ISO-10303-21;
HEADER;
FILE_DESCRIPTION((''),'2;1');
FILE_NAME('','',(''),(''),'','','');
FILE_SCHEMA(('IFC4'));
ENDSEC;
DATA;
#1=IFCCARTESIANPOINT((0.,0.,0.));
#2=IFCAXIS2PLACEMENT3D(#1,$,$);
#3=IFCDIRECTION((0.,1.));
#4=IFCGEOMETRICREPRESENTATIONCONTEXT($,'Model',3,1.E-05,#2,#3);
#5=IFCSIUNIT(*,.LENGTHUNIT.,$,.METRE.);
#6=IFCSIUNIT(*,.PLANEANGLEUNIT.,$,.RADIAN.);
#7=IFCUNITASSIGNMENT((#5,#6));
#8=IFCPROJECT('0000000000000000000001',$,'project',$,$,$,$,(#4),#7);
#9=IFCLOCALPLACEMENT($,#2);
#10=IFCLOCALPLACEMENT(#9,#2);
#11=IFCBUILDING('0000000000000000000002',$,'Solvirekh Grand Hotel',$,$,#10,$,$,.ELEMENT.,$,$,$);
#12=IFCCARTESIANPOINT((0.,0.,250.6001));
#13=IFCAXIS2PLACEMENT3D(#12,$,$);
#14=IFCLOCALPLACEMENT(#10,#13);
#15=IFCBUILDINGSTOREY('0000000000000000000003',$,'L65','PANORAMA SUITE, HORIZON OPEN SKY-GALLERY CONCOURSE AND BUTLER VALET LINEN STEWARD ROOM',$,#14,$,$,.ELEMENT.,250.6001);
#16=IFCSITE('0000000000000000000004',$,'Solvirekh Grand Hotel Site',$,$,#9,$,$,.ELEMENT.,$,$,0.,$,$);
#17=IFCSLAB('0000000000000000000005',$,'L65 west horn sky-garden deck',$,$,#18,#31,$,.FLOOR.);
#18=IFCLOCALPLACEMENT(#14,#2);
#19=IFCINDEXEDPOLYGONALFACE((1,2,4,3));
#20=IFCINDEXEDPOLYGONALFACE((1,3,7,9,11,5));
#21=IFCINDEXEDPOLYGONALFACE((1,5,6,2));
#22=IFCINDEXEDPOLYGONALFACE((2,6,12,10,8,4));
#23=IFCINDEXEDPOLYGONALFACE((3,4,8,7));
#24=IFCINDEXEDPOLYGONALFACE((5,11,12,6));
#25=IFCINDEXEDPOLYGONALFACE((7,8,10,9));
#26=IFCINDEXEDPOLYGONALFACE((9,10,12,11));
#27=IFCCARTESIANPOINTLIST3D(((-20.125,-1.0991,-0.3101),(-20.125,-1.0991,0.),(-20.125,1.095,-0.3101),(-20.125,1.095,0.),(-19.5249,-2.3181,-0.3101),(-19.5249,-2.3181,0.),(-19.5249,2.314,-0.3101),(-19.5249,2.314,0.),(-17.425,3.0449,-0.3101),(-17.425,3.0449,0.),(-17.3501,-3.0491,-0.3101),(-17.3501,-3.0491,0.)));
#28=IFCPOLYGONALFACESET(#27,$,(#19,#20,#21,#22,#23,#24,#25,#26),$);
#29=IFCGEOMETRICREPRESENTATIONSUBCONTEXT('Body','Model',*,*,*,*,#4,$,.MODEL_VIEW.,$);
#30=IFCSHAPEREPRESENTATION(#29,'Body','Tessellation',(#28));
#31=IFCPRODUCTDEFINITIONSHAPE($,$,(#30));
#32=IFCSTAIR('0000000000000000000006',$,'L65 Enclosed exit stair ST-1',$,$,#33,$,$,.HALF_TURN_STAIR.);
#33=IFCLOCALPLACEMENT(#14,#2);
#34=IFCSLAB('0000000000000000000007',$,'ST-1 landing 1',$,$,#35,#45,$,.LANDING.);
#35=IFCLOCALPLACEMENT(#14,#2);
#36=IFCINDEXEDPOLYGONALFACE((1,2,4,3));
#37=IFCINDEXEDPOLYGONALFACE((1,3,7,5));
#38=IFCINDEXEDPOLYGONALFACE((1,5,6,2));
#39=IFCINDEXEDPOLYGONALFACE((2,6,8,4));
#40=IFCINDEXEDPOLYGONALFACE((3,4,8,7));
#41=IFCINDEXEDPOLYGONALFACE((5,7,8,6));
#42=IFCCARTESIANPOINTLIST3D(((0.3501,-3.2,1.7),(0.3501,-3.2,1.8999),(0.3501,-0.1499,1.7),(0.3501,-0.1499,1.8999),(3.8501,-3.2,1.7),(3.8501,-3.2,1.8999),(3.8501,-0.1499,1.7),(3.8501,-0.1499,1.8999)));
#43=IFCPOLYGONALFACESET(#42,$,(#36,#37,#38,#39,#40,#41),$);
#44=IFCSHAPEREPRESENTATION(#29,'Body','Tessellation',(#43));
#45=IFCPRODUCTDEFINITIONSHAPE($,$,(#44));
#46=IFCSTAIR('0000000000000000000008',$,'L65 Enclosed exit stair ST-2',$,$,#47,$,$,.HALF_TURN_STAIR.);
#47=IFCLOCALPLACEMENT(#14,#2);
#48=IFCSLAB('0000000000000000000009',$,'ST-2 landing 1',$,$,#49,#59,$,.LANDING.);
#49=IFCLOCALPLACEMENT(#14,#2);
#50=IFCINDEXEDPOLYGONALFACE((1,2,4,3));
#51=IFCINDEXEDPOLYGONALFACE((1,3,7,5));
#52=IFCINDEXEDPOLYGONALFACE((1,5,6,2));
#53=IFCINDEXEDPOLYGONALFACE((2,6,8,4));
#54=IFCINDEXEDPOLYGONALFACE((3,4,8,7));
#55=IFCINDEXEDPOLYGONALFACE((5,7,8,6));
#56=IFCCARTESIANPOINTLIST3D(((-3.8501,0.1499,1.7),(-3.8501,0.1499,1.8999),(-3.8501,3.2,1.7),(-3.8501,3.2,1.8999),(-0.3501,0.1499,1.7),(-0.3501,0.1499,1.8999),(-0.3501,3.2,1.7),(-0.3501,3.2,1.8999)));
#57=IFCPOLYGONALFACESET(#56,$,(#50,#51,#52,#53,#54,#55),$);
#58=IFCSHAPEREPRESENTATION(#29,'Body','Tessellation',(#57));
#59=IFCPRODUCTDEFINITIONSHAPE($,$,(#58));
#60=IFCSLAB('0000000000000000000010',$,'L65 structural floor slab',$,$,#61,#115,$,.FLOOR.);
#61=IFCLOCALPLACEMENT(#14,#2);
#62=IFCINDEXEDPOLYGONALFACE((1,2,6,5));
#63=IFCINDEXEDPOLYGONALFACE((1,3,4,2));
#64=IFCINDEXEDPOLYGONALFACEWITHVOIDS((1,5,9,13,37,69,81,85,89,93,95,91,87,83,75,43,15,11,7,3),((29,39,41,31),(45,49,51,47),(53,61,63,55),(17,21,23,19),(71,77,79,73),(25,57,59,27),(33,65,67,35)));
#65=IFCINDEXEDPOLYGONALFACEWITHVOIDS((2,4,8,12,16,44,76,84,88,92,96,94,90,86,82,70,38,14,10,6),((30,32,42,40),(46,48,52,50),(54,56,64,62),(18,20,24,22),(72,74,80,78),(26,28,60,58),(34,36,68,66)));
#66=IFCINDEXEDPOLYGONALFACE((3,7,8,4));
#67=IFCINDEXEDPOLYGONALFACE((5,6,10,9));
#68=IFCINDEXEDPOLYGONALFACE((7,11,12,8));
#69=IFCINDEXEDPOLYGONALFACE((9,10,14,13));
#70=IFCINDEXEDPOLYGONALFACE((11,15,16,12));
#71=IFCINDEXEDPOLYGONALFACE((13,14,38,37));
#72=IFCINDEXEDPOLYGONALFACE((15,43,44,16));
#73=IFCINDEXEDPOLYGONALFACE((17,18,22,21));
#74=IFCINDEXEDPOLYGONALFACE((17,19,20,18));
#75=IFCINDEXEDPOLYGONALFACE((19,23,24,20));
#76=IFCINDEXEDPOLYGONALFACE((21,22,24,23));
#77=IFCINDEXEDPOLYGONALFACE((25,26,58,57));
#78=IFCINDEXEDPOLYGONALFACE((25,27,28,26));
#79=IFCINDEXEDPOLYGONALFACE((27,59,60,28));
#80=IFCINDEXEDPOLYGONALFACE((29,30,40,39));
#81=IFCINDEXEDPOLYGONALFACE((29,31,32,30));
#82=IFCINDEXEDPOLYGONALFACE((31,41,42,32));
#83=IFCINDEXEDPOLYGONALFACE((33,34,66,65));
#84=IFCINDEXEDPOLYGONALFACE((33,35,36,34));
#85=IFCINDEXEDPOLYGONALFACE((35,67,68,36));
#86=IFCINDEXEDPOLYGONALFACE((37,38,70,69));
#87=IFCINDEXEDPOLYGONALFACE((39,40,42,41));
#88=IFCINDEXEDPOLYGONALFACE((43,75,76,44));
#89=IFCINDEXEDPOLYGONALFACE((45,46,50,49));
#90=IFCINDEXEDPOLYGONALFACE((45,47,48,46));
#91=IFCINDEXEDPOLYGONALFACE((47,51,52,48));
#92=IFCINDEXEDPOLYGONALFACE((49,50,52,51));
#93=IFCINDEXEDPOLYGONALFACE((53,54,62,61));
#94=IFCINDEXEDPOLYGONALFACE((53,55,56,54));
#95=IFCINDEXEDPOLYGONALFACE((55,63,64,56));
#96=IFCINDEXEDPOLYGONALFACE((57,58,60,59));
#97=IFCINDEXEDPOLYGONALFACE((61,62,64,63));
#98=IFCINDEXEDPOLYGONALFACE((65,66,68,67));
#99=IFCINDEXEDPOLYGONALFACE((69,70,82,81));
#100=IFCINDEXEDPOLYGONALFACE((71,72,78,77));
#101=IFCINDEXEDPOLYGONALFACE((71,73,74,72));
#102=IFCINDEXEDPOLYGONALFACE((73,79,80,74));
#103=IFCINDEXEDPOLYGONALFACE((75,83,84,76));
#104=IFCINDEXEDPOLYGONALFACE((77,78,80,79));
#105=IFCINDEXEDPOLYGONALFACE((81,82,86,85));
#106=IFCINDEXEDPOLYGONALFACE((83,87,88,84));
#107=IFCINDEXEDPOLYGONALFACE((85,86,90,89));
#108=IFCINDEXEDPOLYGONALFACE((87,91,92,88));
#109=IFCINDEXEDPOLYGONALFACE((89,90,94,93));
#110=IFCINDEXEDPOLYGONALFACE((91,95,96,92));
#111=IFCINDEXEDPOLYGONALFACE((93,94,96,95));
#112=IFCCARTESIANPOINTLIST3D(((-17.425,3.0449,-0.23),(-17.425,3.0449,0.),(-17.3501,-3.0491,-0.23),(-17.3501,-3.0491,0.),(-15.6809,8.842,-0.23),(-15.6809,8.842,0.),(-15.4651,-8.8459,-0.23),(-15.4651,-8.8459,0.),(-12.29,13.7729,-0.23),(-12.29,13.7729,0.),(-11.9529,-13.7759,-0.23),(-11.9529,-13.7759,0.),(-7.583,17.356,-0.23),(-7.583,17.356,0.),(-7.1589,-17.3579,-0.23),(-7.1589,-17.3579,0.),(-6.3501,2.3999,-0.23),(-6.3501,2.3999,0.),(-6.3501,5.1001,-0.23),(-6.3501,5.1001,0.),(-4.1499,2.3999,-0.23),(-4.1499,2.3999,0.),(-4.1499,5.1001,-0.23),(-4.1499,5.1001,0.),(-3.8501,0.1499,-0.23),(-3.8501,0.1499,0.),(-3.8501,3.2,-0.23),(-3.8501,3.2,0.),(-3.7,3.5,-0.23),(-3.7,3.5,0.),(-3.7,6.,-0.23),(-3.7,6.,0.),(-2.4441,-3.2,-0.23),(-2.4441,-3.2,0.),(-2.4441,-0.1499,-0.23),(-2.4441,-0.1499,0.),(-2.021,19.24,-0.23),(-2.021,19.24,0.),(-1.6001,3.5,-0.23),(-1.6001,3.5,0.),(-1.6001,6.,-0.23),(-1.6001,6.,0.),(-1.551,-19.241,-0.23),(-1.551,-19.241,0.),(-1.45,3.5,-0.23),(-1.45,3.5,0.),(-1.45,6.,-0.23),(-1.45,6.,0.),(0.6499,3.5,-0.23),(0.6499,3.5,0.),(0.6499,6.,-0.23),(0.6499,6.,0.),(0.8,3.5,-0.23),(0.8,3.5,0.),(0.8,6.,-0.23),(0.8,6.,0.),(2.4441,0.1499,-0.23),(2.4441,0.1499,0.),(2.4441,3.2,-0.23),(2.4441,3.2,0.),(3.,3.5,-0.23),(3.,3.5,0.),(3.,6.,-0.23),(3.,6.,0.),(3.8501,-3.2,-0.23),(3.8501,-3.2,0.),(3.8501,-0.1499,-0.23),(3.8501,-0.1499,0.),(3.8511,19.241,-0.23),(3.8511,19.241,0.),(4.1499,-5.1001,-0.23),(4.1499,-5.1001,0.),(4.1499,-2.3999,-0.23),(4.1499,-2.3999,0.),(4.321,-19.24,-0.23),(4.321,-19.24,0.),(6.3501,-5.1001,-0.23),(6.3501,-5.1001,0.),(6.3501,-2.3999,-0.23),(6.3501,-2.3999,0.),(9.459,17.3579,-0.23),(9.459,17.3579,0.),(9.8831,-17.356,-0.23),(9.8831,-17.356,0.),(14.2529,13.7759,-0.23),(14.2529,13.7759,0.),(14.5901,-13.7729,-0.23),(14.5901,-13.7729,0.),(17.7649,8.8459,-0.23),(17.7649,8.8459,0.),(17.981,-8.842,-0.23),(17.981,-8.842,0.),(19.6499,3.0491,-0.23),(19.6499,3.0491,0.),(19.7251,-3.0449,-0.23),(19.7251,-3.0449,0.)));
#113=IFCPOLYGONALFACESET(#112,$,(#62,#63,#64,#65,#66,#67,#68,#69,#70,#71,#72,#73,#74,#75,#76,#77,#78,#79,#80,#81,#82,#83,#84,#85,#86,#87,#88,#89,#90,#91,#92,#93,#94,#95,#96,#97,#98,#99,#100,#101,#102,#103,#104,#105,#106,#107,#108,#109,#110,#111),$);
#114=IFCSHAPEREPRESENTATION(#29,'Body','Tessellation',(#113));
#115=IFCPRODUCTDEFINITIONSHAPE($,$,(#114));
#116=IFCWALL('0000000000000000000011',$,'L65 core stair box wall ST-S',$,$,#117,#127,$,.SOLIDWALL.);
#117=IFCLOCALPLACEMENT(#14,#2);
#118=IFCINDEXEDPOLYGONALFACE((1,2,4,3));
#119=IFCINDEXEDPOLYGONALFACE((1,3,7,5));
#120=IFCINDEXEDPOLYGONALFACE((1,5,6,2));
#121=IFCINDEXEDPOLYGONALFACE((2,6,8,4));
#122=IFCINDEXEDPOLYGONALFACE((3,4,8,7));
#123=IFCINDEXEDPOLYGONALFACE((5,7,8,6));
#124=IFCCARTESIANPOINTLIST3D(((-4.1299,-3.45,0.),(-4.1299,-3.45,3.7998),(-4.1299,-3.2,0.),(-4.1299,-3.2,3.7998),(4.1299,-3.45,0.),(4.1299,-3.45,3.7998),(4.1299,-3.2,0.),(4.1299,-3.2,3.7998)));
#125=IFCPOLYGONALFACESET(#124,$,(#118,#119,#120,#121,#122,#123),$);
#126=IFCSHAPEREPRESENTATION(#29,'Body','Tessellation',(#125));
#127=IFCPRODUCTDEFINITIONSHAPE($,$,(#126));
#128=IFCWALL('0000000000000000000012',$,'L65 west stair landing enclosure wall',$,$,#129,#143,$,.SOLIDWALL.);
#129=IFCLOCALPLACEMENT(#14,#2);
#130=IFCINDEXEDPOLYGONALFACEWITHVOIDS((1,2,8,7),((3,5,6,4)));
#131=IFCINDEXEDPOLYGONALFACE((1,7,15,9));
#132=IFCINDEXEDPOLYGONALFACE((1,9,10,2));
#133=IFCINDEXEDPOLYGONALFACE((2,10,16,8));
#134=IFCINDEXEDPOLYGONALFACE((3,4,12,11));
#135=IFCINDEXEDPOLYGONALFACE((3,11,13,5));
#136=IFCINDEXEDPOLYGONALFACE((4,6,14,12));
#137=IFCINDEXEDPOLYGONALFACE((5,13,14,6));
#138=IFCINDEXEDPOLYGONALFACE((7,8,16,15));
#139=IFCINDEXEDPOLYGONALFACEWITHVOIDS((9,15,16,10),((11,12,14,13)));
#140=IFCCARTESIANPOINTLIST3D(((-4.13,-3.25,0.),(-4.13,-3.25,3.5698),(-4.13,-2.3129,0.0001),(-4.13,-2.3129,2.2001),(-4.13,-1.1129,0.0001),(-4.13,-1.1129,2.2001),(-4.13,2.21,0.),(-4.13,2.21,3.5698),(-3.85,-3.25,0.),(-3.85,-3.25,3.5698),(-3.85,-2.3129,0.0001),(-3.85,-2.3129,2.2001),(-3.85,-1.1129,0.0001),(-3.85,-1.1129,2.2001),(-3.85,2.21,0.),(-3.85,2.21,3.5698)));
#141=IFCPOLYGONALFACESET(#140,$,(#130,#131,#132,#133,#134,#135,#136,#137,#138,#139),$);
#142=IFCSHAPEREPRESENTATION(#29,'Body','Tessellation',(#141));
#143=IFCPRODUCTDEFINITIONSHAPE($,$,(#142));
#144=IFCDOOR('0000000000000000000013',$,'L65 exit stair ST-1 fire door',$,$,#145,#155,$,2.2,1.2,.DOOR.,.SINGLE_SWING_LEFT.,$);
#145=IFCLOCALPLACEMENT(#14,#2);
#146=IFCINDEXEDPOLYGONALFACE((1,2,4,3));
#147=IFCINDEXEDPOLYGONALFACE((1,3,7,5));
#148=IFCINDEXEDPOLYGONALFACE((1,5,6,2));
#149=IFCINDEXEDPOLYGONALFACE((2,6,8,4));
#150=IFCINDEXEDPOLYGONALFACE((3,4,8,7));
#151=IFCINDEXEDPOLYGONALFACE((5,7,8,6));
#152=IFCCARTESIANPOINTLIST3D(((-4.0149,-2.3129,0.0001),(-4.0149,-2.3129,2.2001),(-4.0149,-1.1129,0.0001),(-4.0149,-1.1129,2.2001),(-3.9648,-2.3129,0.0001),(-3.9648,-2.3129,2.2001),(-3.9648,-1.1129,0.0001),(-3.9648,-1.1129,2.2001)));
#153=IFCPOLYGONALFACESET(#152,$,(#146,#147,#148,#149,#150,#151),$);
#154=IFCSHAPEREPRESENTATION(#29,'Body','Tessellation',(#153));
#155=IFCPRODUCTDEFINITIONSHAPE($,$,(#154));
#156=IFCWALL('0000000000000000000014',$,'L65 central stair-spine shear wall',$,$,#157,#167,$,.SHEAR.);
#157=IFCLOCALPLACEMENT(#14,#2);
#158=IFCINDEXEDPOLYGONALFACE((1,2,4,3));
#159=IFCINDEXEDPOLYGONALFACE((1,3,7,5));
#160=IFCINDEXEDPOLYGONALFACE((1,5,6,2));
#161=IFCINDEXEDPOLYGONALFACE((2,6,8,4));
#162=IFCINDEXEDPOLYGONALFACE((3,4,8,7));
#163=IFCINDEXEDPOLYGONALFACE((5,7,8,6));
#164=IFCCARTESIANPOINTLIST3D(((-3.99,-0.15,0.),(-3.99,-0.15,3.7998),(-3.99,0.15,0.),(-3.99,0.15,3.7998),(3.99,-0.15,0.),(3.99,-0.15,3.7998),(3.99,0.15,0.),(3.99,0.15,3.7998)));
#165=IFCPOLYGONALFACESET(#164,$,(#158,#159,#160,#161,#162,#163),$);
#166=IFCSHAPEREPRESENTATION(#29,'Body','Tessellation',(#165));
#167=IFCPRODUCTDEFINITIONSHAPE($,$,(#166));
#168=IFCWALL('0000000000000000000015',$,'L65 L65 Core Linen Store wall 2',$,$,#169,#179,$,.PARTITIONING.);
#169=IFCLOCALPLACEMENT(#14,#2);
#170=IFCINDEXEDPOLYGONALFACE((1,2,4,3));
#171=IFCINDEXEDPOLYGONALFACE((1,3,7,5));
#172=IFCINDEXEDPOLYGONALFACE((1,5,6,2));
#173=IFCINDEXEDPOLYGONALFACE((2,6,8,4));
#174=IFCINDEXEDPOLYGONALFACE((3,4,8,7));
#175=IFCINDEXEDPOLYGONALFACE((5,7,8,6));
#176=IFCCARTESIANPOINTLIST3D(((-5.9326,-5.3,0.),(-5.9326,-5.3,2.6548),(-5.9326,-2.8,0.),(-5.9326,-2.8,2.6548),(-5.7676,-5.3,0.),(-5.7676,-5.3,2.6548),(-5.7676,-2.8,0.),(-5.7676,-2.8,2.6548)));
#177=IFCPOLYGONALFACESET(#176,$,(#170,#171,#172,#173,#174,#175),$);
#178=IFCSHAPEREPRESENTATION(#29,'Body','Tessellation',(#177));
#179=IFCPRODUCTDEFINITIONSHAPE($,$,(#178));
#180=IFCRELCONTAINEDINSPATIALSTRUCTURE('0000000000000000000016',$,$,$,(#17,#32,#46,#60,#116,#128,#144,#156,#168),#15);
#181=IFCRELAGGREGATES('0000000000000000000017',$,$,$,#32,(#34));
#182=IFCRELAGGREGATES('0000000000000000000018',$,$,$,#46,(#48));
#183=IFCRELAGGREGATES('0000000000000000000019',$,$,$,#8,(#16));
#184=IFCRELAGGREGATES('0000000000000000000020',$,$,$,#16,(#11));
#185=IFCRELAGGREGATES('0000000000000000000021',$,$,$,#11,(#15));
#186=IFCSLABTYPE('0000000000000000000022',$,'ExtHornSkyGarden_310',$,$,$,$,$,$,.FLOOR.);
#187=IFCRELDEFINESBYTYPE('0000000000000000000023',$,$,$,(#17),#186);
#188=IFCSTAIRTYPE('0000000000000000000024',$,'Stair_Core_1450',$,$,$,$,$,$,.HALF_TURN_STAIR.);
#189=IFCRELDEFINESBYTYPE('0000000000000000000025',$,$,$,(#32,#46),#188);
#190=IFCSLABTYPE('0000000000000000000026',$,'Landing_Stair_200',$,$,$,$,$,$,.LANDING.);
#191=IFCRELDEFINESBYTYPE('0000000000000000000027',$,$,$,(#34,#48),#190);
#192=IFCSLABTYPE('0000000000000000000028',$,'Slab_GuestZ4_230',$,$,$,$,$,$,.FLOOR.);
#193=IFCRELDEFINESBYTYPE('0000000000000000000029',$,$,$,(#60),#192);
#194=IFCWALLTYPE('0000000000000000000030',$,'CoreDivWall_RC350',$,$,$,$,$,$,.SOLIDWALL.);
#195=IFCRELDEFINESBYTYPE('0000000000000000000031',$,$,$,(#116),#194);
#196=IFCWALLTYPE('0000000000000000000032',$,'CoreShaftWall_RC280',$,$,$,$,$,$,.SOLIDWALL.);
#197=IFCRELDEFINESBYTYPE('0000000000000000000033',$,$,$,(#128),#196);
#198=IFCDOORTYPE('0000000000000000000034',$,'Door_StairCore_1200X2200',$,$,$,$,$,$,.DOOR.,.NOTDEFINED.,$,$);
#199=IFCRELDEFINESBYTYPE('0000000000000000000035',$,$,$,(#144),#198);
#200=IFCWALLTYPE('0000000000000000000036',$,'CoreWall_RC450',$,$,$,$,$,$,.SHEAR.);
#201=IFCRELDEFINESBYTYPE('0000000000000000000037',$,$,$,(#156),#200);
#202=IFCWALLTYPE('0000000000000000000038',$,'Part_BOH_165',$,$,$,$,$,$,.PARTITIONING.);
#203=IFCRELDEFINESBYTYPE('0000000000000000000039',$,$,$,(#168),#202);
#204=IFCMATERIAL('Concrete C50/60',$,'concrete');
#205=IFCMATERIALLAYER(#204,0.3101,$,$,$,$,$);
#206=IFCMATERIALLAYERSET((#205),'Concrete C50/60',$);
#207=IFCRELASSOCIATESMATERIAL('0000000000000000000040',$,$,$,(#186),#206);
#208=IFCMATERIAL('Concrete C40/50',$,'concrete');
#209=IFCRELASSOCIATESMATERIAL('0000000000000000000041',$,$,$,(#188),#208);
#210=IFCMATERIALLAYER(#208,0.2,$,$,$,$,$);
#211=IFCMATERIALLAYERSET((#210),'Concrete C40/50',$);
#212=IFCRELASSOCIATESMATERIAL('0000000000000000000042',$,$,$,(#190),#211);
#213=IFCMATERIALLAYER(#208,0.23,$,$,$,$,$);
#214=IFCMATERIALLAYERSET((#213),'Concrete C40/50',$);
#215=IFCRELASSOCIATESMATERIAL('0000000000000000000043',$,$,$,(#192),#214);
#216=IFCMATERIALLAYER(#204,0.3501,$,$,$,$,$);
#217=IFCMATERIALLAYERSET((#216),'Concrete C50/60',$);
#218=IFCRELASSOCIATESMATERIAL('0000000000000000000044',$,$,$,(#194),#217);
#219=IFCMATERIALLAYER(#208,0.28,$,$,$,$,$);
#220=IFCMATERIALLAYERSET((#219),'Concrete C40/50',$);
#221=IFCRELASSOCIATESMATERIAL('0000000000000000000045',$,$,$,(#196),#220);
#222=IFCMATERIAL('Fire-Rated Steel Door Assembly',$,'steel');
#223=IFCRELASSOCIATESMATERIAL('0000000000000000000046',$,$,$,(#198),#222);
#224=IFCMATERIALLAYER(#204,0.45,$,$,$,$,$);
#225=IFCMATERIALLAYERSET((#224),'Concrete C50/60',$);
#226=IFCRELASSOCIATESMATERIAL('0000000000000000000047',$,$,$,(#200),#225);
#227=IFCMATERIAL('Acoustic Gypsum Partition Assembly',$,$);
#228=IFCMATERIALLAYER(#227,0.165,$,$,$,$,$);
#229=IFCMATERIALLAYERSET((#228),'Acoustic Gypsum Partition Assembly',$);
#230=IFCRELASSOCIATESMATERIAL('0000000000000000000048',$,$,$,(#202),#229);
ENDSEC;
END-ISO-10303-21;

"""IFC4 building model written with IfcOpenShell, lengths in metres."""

from ifc_helpers import new_model, si_unit, direction, frame, frame_2d, origin, place, context, subcontext, project, spatial, polyline, rectangle, outline, extrude, material, layer, layer_set, type_object, element, fill, aggregate, save


model = new_model("IFC4")

# Units and contexts
model_context = context("Model", 3, precision=1e-05, world=origin(), true_north=direction((0.0, 1.0)))
body_context = subcontext(model_context, "Body", "Model", "MODEL_VIEW")
ifc_project = project(units=[si_unit("LENGTHUNIT", "METRE"), si_unit("PLANEANGLEUNIT", "RADIAN")], contexts=[model_context])

# Site, building, storey
site_placement = place(None, origin())
site = spatial("IfcSite", under=ifc_project, at=site_placement, Name="Solvirekh Grand Hotel Site", CompositionType="ELEMENT", RefElevation=0.0)
building_placement = place(site_placement, origin())
building = spatial("IfcBuilding", under=site, at=building_placement, Name="Solvirekh Grand Hotel", CompositionType="ELEMENT")
storey_placement = place(building_placement, frame((0.0, 0.0, 250.6001)))
storey = spatial("IfcBuildingStorey", under=building, at=storey_placement, Name="L65", Description="PANORAMA SUITE, HORIZON OPEN SKY-GALLERY CONCOURSE AND BUTLER VALET LINEN STEWARD ROOM", CompositionType="ELEMENT", Elevation=250.6001)

# Slab
ifc_material_1 = material(Name="Concrete C50/60", Category="concrete")
ifc_layer_1 = layer(ifc_material_1, 0.3101)
ifc_layer_set_1 = layer_set([ifc_layer_1], Name="Concrete C50/60")
slab_type_1 = type_object("IfcSlabType", Name="ExtHornSkyGarden_310", PredefinedType="FLOOR", material=ifc_layer_set_1)
slab_1_placement = place(storey_placement, frame((0.0, 0.0, -0.3101)))
element("IfcSlab", 1, at=slab_1_placement, inside=storey, type_object=slab_type_1, Name="L65 west horn sky-garden deck", PredefinedType="FLOOR", context=body_context, shape_type="SweptSolid", body=[
    extrude(outline(polyline([(-19.5249, 2.314), (-20.125, 1.095), (-20.125, -1.0991), (-19.5249, -2.3181), (-17.3501, -3.0491), (-17.425, 3.0449), (-19.5249, 2.314)])), origin(), (0.0, 0.0, 1.0), 0.3101),
])

# Stairs, slabs
ifc_material_2 = material(Name="Concrete C40/50", Category="concrete")
stair_type = type_object("IfcStairType", Name="Stair_Core_1450", PredefinedType="HALF_TURN_STAIR", material=ifc_material_2)
stair_1_placement = place(storey_placement, origin())
stair_1 = element("IfcStair", 2, at=stair_1_placement, inside=storey, type_object=stair_type, Name="L65 Enclosed exit stair ST-1", PredefinedType="HALF_TURN_STAIR")
ifc_layer_2 = layer(ifc_material_2, 0.2)
ifc_layer_set_2 = layer_set([ifc_layer_2], Name="Concrete C40/50")
slab_type_2 = type_object("IfcSlabType", Name="Landing_Stair_200", PredefinedType="LANDING", material=ifc_layer_set_2)
slab_2_placement = place(storey_placement, frame((0.0, 0.0, 1.7)))
slab_2 = element("IfcSlab", 3, at=slab_2_placement, type_object=slab_type_2, Name="ST-1 landing 1", PredefinedType="LANDING", context=body_context, shape_type="SweptSolid", body=[
    extrude(outline(polyline([(0.3501, -3.2), (3.8501, -3.2), (3.8501, -0.1499), (0.3501, -0.1499), (0.3501, -3.2)])), origin(), (0.0, 0.0, 1.0), 0.2),
])
stair_2_placement = place(storey_placement, origin())
stair_2 = element("IfcStair", 4, at=stair_2_placement, inside=storey, type_object=stair_type, Name="L65 Enclosed exit stair ST-2", PredefinedType="HALF_TURN_STAIR")
slab_3_placement = place(storey_placement, frame((0.0, 0.0, 1.7)))
slab_3 = element("IfcSlab", 5, at=slab_3_placement, type_object=slab_type_2, Name="ST-2 landing 1", PredefinedType="LANDING", context=body_context, shape_type="SweptSolid", body=[
    extrude(outline(polyline([(-0.3501, 3.2), (-3.8501, 3.2), (-3.8501, 0.1499), (-0.3501, 0.1499), (-0.3501, 3.2)])), origin(), (0.0, 0.0, 1.0), 0.2),
])

# Slab
ifc_layer_3 = layer(ifc_material_2, 0.23)
ifc_layer_set_3 = layer_set([ifc_layer_3], Name="Concrete C40/50")
slab_type_3 = type_object("IfcSlabType", Name="Slab_GuestZ4_230", PredefinedType="FLOOR", material=ifc_layer_set_3)
slab_4_placement = place(storey_placement, frame((0.0, 0.0, -0.23)))
element("IfcSlab", 6, at=slab_4_placement, inside=storey, type_object=slab_type_3, Name="L65 structural floor slab", PredefinedType="FLOOR", context=body_context, shape_type="SweptSolid", body=[
    extrude(outline(polyline([(4.321, -19.24), (9.8831, -17.356), (14.5901, -13.7729), (17.981, -8.842), (19.7251, -3.0449), (19.6499, 3.0491), (17.7649, 8.8459), (14.2529, 13.7759), (9.459, 17.3579), (3.8511, 19.241), (-2.021, 19.24), (-7.583, 17.356), (-12.29, 13.7729), (-15.6809, 8.842), (-17.425, 3.0449), (-17.3501, -3.0491), (-15.4651, -8.8459), (-11.9529, -13.7759), (-7.1589, -17.3579), (-1.551, -19.241), (4.321, -19.24)]), holes=[polyline([(-2.4441, -0.1499), (3.8501, -0.1499), (3.8501, -3.2), (-2.4441, -3.2), (-2.4441, -0.1499)]), polyline([(2.4441, 0.1499), (-3.8501, 0.1499), (-3.8501, 3.2), (2.4441, 3.2), (2.4441, 0.1499)]), polyline([(-3.7, 6.0), (-1.6001, 6.0), (-1.6001, 3.5), (-3.7, 3.5), (-3.7, 6.0)]), polyline([(-1.45, 6.0), (0.6499, 6.0), (0.6499, 3.5), (-1.45, 3.5), (-1.45, 6.0)]), polyline([(0.8, 6.0), (3.0, 6.0), (3.0, 3.5), (0.8, 3.5), (0.8, 6.0)]), polyline([(-6.3501, 5.1001), (-4.1499, 5.1001), (-4.1499, 2.3999), (-6.3501, 2.3999), (-6.3501, 5.1001)]), polyline([(4.1499, -2.3999), (6.3501, -2.3999), (6.3501, -5.1001), (4.1499, -5.1001), (4.1499, -2.3999)])]), origin(), (0.0, 0.0, 1.0), 0.23),
])

# Wall
ifc_layer_4 = layer(ifc_material_1, 0.3501)
ifc_layer_set_4 = layer_set([ifc_layer_4], Name="Concrete C50/60")
wall_type_1 = type_object("IfcWallType", Name="CoreDivWall_RC350", PredefinedType="SOLIDWALL", material=ifc_layer_set_4)
wall_1_placement = place(storey_placement, frame((-4.1299, -3.325, 0.0), z_axis=(0.0, 0.0, 1.0), x_axis=(1.0, 0.0, 0.0)))
element("IfcWall", 7, at=wall_1_placement, inside=storey, type_object=wall_type_1, Name="L65 core stair box wall ST-S", PredefinedType="SOLIDWALL", context=body_context, shape_type="SweptSolid", body=[
    extrude(rectangle(XDim=8.2598, YDim=0.25, at=frame_2d((4.1299, 0.0))), origin(), (0.0, 0.0, 1.0), 3.7998),
])

# Wall, opening, door
ifc_layer_5 = layer(ifc_material_2, 0.28)
ifc_layer_set_5 = layer_set([ifc_layer_5], Name="Concrete C40/50")
wall_type_2 = type_object("IfcWallType", Name="CoreShaftWall_RC280", PredefinedType="SOLIDWALL", material=ifc_layer_set_5)
wall_2_placement = place(storey_placement, frame((-3.99, -3.25, 0.0), z_axis=(0.0, 0.0, 1.0), x_axis=(0.0, 1.0, 0.0)))
wall_2 = element("IfcWall", 8, at=wall_2_placement, inside=storey, type_object=wall_type_2, Name="L65 west stair landing enclosure wall", PredefinedType="SOLIDWALL", context=body_context, shape_type="SweptSolid", body=[
    extrude(rectangle(XDim=5.46, YDim=0.28, at=frame_2d((2.73, 0.0))), origin(), (0.0, 0.0, 1.0), 3.5698),
])
opening_placement = place(wall_2_placement, frame((0.937, 0.0, 0.0)))
opening = element("IfcOpeningElement", 9, at=opening_placement, cuts=wall_2, PredefinedType="OPENING", context=body_context, shape_type="SweptSolid", body=[
    extrude(rectangle(XDim=1.2, YDim=2.2, at=frame_2d((0.6001, 1.1001))), frame((0.0, 0.1499, 0.0), z_axis=(0.0, -1.0, 0.0), x_axis=(1.0, 0.0, 0.0)), (0.0, 0.0, 1.0), 0.3),
])
ifc_material_3 = material(Name="Fire-Rated Steel Door Assembly", Category="steel")
door_type = type_object("IfcDoorType", Name="Door_StairCore_1200X2200", OperationType="NOTDEFINED", PredefinedType="DOOR", material=ifc_material_3)
door_placement = place(opening_placement, origin())
door = element("IfcDoor", 10, at=door_placement, inside=storey, type_object=door_type, Name="L65 exit stair ST-1 fire door", OperationType="SINGLE_SWING_LEFT", OverallHeight=2.2, OverallWidth=1.2, PredefinedType="DOOR", context=body_context, shape_type="SweptSolid", body=[
    extrude(rectangle(XDim=1.2, YDim=2.2, at=frame_2d((0.6001, 1.1001))), frame((0.0, 0.0249, 0.0), z_axis=(0.0, -1.0, 0.0), x_axis=(1.0, 0.0, 0.0)), (0.0, 0.0, 1.0), 0.05),
])
fill(opening, door)

# Walls
ifc_layer_6 = layer(ifc_material_1, 0.45)
ifc_layer_set_6 = layer_set([ifc_layer_6], Name="Concrete C50/60")
wall_type_3 = type_object("IfcWallType", Name="CoreWall_RC450", PredefinedType="SHEAR", material=ifc_layer_set_6)
wall_3_placement = place(storey_placement, frame((-3.99, 0.0, 0.0), z_axis=(0.0, 0.0, 1.0), x_axis=(1.0, 0.0, 0.0)))
element("IfcWall", 11, at=wall_3_placement, inside=storey, type_object=wall_type_3, Name="L65 central stair-spine shear wall", PredefinedType="SHEAR", context=body_context, shape_type="SweptSolid", body=[
    extrude(rectangle(XDim=7.98, YDim=0.3, at=frame_2d((3.99, 0.0))), origin(), (0.0, 0.0, 1.0), 3.7998),
])
ifc_material_4 = material(Name="Acoustic Gypsum Partition Assembly")
ifc_layer_7 = layer(ifc_material_4, 0.165)
ifc_layer_set_7 = layer_set([ifc_layer_7], Name="Acoustic Gypsum Partition Assembly")
wall_type_4 = type_object("IfcWallType", Name="Part_BOH_165", PredefinedType="PARTITIONING", material=ifc_layer_set_7)
wall_4_placement = place(storey_placement, frame((-5.8501, -5.3, 0.0), z_axis=(0.0, 0.0, 1.0), x_axis=(0.0, 1.0, 0.0)))
element("IfcWall", 12, at=wall_4_placement, inside=storey, type_object=wall_type_4, Name="L65 L65 Core Linen Store wall 2", PredefinedType="PARTITIONING", context=body_context, shape_type="SweptSolid", body=[
    extrude(rectangle(XDim=2.5, YDim=0.165, at=frame_2d((1.25, 0.0))), origin(), (0.0, 0.0, 1.0), 2.6548),
])

aggregate(stair_1, [slab_2])
aggregate(stair_2, [slab_3])

save(model, "model.ifc")
